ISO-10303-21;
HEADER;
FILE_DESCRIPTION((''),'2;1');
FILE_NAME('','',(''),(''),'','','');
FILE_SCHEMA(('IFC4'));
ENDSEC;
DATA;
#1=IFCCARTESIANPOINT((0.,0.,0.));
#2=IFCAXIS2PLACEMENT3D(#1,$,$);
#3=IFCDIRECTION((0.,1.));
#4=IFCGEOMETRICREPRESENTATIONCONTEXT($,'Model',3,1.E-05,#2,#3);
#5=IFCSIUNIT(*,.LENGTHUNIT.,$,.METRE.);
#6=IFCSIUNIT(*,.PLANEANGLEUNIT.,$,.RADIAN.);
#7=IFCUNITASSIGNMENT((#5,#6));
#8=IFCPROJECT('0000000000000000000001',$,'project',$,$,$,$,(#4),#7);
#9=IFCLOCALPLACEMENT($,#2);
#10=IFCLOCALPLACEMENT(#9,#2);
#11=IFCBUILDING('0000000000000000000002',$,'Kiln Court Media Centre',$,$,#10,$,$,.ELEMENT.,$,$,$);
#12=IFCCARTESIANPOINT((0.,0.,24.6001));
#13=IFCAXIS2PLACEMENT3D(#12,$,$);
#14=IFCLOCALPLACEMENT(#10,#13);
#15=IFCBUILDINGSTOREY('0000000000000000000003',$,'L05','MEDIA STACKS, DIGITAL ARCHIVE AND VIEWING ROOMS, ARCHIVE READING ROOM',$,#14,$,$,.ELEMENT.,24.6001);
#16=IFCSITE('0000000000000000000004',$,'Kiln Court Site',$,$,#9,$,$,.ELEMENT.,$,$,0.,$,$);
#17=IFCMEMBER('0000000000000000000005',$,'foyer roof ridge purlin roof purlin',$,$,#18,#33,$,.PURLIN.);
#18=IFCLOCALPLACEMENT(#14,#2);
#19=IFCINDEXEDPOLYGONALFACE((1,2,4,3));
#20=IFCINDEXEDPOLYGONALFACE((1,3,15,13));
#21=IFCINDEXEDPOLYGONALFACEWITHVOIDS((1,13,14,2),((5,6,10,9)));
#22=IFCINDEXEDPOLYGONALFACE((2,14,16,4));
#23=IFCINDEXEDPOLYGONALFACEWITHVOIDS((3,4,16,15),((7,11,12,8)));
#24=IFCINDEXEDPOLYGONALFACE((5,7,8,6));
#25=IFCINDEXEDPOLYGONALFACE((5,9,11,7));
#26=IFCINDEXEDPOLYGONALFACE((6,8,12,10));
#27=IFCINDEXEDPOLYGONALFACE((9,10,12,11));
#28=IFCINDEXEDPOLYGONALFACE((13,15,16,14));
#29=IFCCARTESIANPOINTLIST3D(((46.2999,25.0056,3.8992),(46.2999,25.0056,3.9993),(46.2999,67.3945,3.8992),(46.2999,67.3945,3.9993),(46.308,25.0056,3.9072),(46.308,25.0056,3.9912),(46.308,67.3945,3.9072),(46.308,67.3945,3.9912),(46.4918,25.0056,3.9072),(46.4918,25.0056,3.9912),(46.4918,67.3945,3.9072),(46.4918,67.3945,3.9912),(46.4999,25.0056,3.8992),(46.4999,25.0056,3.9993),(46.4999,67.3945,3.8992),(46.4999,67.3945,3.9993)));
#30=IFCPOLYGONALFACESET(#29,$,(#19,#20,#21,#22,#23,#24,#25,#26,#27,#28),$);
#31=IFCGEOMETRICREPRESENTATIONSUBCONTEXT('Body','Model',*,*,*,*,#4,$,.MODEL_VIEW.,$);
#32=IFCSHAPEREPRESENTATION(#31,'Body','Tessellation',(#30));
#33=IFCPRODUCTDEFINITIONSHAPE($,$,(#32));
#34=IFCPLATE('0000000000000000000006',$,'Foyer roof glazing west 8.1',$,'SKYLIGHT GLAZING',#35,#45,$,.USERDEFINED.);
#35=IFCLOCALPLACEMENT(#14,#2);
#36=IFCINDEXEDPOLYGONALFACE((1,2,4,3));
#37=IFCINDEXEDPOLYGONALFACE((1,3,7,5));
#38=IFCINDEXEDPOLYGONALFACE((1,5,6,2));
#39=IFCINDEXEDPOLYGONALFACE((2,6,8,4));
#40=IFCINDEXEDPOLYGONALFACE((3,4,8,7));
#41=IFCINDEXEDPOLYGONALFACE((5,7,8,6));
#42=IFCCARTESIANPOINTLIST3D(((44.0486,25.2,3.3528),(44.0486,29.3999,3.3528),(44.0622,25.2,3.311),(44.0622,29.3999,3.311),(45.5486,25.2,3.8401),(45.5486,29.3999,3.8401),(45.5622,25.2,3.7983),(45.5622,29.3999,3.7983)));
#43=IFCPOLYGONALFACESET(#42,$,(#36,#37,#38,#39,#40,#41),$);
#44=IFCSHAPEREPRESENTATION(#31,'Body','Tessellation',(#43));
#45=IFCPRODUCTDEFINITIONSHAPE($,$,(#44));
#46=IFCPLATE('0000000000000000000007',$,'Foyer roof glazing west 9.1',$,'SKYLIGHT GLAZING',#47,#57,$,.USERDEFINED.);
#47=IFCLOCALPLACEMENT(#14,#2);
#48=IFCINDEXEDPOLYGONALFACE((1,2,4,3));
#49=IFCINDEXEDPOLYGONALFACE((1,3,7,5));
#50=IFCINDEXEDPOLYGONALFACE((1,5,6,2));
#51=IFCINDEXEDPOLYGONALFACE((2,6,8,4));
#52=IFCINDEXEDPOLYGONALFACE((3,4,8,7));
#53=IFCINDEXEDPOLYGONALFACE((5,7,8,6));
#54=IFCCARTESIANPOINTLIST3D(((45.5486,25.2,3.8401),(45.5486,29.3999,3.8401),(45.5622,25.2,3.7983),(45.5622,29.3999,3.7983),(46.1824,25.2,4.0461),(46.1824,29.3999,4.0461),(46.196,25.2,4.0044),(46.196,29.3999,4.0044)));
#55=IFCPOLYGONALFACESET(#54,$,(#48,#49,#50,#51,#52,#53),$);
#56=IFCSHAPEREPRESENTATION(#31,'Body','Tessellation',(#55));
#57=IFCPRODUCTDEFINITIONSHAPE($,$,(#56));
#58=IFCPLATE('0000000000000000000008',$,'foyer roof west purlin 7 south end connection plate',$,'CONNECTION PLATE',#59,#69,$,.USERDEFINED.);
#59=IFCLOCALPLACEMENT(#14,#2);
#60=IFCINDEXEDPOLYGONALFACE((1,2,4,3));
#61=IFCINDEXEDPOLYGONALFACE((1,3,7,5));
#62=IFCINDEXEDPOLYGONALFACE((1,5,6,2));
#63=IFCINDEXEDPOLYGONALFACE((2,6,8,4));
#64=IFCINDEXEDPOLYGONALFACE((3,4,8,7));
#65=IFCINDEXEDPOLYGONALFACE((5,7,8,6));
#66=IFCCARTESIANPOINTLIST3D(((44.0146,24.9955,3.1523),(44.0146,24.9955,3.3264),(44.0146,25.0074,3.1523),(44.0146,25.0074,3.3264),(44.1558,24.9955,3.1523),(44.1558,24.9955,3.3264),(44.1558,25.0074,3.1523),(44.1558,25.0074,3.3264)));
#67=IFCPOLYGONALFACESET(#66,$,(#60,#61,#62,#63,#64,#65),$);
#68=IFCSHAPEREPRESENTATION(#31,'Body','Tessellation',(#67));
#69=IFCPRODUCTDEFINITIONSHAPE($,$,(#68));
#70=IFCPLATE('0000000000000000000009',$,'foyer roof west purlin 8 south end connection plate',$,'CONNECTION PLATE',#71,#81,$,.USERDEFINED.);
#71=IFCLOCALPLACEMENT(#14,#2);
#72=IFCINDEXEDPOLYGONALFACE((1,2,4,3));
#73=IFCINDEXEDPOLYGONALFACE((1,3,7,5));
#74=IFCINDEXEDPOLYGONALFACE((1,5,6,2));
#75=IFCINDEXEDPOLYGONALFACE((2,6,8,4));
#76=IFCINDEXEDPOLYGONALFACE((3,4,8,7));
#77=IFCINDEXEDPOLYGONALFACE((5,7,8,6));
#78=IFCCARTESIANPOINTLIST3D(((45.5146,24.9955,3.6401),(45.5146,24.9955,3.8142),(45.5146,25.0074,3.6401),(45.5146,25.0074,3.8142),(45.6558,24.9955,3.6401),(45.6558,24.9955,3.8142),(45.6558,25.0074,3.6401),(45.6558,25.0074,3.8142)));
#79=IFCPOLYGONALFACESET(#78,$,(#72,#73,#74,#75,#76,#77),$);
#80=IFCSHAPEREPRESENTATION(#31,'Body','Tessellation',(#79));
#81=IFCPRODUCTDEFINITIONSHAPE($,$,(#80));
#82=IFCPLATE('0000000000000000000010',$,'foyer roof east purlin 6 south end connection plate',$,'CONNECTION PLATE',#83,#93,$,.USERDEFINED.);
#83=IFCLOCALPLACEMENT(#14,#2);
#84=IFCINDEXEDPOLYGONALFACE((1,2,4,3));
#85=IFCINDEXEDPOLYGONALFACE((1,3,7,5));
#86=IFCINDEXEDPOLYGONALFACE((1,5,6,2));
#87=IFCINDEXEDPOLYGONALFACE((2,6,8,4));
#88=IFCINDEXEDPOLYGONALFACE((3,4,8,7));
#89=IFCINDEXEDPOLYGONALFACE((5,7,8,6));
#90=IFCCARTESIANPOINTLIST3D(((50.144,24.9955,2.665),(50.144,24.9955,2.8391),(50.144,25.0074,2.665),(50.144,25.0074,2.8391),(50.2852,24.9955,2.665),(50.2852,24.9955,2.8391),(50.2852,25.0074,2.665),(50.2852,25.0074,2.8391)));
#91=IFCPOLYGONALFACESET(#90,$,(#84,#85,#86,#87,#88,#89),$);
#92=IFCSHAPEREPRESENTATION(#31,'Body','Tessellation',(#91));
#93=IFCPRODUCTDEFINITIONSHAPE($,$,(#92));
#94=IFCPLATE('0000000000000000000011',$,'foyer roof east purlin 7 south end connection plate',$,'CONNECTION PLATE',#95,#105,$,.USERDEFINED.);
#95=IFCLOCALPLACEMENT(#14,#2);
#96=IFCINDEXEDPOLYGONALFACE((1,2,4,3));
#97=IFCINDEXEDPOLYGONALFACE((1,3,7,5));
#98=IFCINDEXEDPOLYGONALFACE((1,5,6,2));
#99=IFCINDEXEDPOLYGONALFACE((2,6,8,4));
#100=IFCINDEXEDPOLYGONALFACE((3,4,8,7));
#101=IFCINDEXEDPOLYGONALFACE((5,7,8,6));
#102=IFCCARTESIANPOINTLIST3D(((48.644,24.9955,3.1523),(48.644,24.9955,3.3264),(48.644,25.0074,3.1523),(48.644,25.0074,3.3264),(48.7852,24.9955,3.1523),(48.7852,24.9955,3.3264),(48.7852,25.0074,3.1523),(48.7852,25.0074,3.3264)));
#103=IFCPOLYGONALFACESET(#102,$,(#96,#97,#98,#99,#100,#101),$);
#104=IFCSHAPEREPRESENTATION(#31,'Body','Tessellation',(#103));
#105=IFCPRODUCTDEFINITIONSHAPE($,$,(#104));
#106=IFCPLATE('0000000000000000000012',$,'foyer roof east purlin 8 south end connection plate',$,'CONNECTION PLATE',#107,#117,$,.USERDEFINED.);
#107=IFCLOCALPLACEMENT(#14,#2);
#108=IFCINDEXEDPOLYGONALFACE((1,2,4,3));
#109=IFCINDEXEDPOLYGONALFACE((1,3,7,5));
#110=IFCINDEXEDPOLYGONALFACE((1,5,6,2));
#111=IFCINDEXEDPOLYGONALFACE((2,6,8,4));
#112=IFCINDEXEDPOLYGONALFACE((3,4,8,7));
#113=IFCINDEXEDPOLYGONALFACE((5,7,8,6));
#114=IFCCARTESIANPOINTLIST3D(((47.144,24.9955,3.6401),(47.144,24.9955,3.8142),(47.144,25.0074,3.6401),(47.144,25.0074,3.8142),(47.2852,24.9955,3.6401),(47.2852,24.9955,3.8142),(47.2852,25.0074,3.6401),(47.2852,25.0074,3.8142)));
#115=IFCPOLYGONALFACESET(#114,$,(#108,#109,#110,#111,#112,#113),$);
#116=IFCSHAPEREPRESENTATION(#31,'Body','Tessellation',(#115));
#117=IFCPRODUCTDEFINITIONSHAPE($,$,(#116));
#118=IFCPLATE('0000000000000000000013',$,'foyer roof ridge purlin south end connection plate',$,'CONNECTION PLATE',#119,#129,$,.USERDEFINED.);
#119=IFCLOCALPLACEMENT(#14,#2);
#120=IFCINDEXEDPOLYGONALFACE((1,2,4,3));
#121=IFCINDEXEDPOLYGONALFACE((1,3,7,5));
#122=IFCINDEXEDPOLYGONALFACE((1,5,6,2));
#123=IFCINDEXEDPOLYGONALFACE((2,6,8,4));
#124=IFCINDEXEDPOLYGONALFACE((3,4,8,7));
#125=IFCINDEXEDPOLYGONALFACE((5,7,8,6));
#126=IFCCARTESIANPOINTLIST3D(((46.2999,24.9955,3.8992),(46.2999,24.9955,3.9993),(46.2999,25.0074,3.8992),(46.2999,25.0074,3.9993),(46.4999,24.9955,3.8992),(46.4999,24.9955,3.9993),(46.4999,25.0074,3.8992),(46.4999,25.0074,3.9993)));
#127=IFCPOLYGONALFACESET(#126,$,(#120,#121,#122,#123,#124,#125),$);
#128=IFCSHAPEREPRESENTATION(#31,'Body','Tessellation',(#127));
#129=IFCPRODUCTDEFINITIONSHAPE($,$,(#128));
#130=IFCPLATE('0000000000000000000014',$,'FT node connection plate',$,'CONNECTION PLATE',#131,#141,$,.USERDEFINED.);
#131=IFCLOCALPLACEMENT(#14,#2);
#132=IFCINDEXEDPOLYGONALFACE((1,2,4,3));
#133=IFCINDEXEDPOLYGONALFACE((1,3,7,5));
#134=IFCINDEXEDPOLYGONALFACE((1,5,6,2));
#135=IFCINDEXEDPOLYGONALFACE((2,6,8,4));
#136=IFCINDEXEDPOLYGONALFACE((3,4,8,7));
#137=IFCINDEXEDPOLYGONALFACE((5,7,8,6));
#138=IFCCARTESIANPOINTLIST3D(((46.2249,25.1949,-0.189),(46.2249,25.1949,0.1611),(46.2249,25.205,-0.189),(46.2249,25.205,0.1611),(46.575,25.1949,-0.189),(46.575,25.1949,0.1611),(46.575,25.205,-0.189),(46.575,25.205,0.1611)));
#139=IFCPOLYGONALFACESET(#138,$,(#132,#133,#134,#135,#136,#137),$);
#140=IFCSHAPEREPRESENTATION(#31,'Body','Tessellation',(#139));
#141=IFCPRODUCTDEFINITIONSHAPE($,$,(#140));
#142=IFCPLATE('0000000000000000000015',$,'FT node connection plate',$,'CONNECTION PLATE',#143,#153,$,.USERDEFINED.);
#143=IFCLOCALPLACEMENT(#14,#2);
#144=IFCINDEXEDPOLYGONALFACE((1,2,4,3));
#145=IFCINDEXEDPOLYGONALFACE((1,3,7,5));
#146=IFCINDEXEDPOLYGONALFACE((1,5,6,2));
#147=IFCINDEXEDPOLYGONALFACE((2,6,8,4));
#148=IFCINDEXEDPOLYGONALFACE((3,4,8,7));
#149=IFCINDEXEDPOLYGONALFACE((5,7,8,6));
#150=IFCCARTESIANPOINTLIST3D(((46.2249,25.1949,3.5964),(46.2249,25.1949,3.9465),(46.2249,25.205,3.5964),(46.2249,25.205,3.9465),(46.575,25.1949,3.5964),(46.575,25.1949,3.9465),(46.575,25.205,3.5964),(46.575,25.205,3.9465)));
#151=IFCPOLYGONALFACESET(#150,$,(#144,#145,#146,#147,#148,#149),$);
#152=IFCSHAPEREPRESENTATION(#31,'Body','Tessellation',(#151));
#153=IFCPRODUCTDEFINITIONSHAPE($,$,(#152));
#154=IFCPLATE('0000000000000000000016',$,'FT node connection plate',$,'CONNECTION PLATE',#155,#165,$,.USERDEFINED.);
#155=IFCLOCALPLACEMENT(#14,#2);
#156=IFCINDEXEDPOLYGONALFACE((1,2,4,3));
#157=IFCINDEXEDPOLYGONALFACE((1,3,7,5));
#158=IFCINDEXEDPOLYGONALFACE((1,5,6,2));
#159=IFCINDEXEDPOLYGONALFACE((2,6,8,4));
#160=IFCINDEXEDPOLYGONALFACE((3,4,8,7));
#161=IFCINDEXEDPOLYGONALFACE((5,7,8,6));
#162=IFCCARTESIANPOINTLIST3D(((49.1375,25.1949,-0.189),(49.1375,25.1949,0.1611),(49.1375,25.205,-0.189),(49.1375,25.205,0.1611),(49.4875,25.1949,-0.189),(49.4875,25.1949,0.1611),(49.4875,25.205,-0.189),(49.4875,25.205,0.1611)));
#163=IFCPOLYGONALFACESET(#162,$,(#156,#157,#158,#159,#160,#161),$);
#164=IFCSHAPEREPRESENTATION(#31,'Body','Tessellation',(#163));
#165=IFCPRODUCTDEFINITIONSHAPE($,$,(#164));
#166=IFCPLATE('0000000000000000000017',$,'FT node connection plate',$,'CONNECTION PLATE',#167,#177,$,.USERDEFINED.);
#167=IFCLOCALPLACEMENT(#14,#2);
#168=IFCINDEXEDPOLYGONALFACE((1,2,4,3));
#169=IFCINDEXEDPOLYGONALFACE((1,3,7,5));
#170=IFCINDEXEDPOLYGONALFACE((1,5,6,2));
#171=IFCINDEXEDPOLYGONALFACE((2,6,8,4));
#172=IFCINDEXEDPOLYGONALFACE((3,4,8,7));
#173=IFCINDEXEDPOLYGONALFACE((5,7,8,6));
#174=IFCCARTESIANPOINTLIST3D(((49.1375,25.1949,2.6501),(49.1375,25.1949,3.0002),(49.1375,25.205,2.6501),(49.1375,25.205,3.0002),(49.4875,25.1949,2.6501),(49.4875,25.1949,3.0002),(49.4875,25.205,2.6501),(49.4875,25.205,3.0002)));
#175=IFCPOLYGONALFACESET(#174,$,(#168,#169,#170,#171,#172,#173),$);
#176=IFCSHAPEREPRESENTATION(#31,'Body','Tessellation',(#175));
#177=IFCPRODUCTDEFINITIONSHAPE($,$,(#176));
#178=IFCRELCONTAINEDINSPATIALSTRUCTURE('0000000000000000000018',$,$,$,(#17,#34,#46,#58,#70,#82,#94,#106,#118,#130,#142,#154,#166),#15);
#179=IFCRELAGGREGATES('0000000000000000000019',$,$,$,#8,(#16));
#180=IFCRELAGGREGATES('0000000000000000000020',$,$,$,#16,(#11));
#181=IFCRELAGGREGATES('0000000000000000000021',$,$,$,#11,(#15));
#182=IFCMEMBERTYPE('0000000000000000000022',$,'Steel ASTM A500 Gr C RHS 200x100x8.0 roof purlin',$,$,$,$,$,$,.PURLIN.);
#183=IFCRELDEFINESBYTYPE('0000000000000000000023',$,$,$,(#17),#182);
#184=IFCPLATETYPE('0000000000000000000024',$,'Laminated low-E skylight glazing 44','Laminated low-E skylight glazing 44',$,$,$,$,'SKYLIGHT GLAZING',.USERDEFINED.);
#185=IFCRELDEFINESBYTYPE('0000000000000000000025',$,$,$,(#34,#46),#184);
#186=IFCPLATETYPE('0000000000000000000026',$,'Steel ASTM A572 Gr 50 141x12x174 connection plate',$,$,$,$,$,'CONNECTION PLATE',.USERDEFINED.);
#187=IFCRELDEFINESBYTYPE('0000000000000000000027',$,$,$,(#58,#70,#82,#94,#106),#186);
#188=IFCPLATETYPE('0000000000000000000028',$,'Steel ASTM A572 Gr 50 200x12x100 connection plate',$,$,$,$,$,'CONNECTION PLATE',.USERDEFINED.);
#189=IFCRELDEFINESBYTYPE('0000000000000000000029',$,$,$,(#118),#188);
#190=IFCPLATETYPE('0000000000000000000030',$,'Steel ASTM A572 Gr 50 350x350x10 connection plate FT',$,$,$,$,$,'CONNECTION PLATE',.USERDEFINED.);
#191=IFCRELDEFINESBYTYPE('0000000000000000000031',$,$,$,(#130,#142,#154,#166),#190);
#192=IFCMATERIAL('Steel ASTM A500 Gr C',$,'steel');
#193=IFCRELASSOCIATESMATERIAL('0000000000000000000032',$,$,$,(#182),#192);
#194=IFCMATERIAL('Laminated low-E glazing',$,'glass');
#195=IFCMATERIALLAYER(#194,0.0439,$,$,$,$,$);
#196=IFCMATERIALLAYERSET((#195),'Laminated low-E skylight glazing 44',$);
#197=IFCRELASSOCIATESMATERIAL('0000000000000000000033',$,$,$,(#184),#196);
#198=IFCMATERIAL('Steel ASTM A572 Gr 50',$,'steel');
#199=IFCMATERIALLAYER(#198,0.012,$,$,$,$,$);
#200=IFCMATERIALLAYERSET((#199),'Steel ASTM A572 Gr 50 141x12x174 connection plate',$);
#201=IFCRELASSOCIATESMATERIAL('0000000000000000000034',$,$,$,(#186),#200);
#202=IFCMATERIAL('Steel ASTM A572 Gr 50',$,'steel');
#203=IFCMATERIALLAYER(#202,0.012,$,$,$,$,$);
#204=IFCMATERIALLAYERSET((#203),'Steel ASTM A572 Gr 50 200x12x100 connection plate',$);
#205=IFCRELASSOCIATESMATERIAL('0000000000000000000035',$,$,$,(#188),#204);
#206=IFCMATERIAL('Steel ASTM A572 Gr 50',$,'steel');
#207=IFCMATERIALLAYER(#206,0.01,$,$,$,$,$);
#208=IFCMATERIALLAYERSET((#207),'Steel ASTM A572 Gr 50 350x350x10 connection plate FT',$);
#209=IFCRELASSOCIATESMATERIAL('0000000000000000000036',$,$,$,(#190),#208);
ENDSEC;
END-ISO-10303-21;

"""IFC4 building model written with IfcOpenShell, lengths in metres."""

from ifc_helpers import new_model, si_unit, direction, frame, origin, origin_2d, place, context, subcontext, project, spatial, polyline, rectangle, hollow_rectangle, outline, extrude, material, layer, layer_set, material_profile, profile_set, type_object, element, save


model = new_model("IFC4")

# Units and contexts
model_context = context("Model", 3, precision=1e-05, world=origin(), true_north=direction((0.0, 1.0)))
body_context = subcontext(model_context, "Body", "Model", "MODEL_VIEW")
ifc_project = project(units=[si_unit("LENGTHUNIT", "METRE"), si_unit("PLANEANGLEUNIT", "RADIAN")], contexts=[model_context])

# Site, building, storey
site_placement = place(None, origin())
site = spatial("IfcSite", under=ifc_project, at=site_placement, Name="Kiln Court Site", CompositionType="ELEMENT", RefElevation=0.0)
building_placement = place(site_placement, origin())
building = spatial("IfcBuilding", under=site, at=building_placement, Name="Kiln Court Media Centre", CompositionType="ELEMENT")
storey_placement = place(building_placement, frame((0.0, 0.0, 24.6001)))
storey = spatial("IfcBuildingStorey", under=building, at=storey_placement, Name="L05", Description="MEDIA STACKS, DIGITAL ARCHIVE AND VIEWING ROOMS, ARCHIVE READING ROOM", CompositionType="ELEMENT", Elevation=24.6001)

# Member
ifc_material_1 = material(Name="Steel ASTM A500 Gr C", Category="steel")
ifc_material_profile_1 = material_profile(ifc_material_1, hollow_rectangle(XDim=0.1001, YDim=0.2, WallThickness=0.0081, at=origin_2d()), Name="RHS 200x100x8.0")
ifc_profile_set_1 = profile_set([ifc_material_profile_1], Name="Steel ASTM A500 Gr C")
member_type_1 = type_object("IfcMemberType", Name="Steel ASTM A500 Gr C RHS 200x100x8.0 roof purlin", PredefinedType="PURLIN", material=ifc_profile_set_1)
member_1_placement = place(storey_placement, frame((46.3999, 25.0056, 3.9492), z_axis=(0.0, 1.0, 0.0), x_axis=(0.0, 0.0, 1.0)))
element("IfcMember", 1, at=member_1_placement, inside=storey, type_object=member_type_1, Name="foyer roof ridge purlin roof purlin", PredefinedType="PURLIN", context=body_context, shape_type="SweptSolid", body=[
    extrude(hollow_rectangle(XDim=0.1001, YDim=0.2, WallThickness=0.0081, at=origin_2d()), origin(), (0.0, 0.0, 1.0), 42.3889),
])

# Plates
ifc_material_2 = material(Name="Laminated low-E glazing", Category="glass")
ifc_layer_1 = layer(ifc_material_2, 0.0439)
ifc_layer_set_1 = layer_set([ifc_layer_1], Name="Laminated low-E skylight glazing 44")
plate_type_1 = type_object("IfcPlateType", Name="Laminated low-E skylight glazing 44", Description="Laminated low-E skylight glazing 44", ElementType="SKYLIGHT GLAZING", PredefinedType="USERDEFINED", material=ifc_layer_set_1)
plate_1_placement = place(storey_placement, frame((44.0486, 25.2, 3.3528), z_axis=(-0.308974, 0.0, 0.95107), x_axis=(0.95107, 0.0, 0.308974)))
element("IfcPlate", 2, at=plate_1_placement, inside=storey, type_object=plate_type_1, Name="Foyer roof glazing west 8.1", ObjectType="SKYLIGHT GLAZING", PredefinedType="USERDEFINED", context=body_context, shape_type="SweptSolid", body=[
    extrude(outline(polyline([(0.0, 0.0), (1.5772, 0.0), (1.5772, 4.2), (0.0, 4.2), (0.0, 0.0)])), origin(), (0.0, 0.0, -1.0), 0.0439),
])
plate_2_placement = place(storey_placement, frame((45.5486, 25.2, 3.8401), z_axis=(-0.309185, 0.0, 0.951002), x_axis=(0.951002, 0.0, 0.309185)))
element("IfcPlate", 3, at=plate_2_placement, inside=storey, type_object=plate_type_1, Name="Foyer roof glazing west 9.1", ObjectType="SKYLIGHT GLAZING", PredefinedType="USERDEFINED", context=body_context, shape_type="SweptSolid", body=[
    extrude(outline(polyline([(0.0, 0.0), (0.6664, 0.0), (0.6664, 4.2), (0.0, 4.2), (0.0, 0.0)])), origin(), (0.0, 0.0, -1.0), 0.0439),
])
ifc_material_3 = material(Name="Steel ASTM A572 Gr 50", Category="steel")
ifc_layer_2 = layer(ifc_material_3, 0.012)
ifc_layer_set_2 = layer_set([ifc_layer_2], Name="Steel ASTM A572 Gr 50 141x12x174 connection plate")
plate_type_2 = type_object("IfcPlateType", Name="Steel ASTM A572 Gr 50 141x12x174 connection plate", ElementType="CONNECTION PLATE", PredefinedType="USERDEFINED", material=ifc_layer_set_2)
for number, where, z_axis, x_axis, name in (
    (4, (44.0852, 25.0015, 3.1523), (0.0, 0.0, 1.0), (1.0, 0.0, 0.0), "foyer roof west purlin 7 south end connection plate"),
    (5, (45.5852, 25.0015, 3.6401), (0.0, 0.0, 1.0), (1.0, 0.0, 0.0), "foyer roof west purlin 8 south end connection plate"),
    (6, (50.2146, 25.0015, 2.665), (0.0, 0.0, 1.0), (1.0, 0.0, 0.0), "foyer roof east purlin 6 south end connection plate"),
    (7, (48.7146, 25.0015, 3.1523), (0.0, 0.0, 1.0), (1.0, 0.0, 0.0), "foyer roof east purlin 7 south end connection plate"),
    (8, (47.2146, 25.0015, 3.6401), (0.0, 0.0, 1.0), (1.0, 0.0, 0.0), "foyer roof east purlin 8 south end connection plate"),
):
    element("IfcPlate", number, at=place(storey_placement, frame(where, z_axis=z_axis, x_axis=x_axis)), inside=storey, type_object=plate_type_2, Name=name, ObjectType="CONNECTION PLATE", PredefinedType="USERDEFINED", context=body_context, shape_type="SweptSolid", body=[
        extrude(rectangle(XDim=0.1411, YDim=0.012, at=origin_2d()), origin(), (0.0, 0.0, 1.0), 0.1741),
    ])
ifc_material_4 = material(Name="Steel ASTM A572 Gr 50", Category="steel")
ifc_layer_3 = layer(ifc_material_4, 0.012)
ifc_layer_set_3 = layer_set([ifc_layer_3], Name="Steel ASTM A572 Gr 50 200x12x100 connection plate")
plate_type_3 = type_object("IfcPlateType", Name="Steel ASTM A572 Gr 50 200x12x100 connection plate", ElementType="CONNECTION PLATE", PredefinedType="USERDEFINED", material=ifc_layer_set_3)
plate_3_placement = place(storey_placement, frame((46.3999, 25.0015, 3.8992), z_axis=(0.0, 0.0, 1.0), x_axis=(1.0, 0.0, 0.0)))
element("IfcPlate", 9, at=plate_3_placement, inside=storey, type_object=plate_type_3, Name="foyer roof ridge purlin south end connection plate", ObjectType="CONNECTION PLATE", PredefinedType="USERDEFINED", context=body_context, shape_type="SweptSolid", body=[
    extrude(rectangle(XDim=0.2, YDim=0.012, at=origin_2d()), origin(), (0.0, 0.0, 1.0), 0.1001),
])
ifc_material_5 = material(Name="Steel ASTM A572 Gr 50", Category="steel")
ifc_layer_4 = layer(ifc_material_5, 0.01)
ifc_layer_set_4 = layer_set([ifc_layer_4], Name="Steel ASTM A572 Gr 50 350x350x10 connection plate FT")
plate_type_4 = type_object("IfcPlateType", Name="Steel ASTM A572 Gr 50 350x350x10 connection plate FT", ElementType="CONNECTION PLATE", PredefinedType="USERDEFINED", material=ifc_layer_set_4)
for number, where, z_axis, x_axis, name in (
    (10, (46.3999, 25.2, -0.189), (0.0, 0.0, 1.0), (1.0, 0.0, 0.0), "FT node connection plate"),
    (11, (46.3999, 25.2, 3.5964), (0.0, 0.0, 1.0), (1.0, 0.0, 0.0), "FT node connection plate"),
    (12, (49.3125, 25.2, -0.189), (0.0, 0.0, 1.0), (1.0, 0.0, 0.0), "FT node connection plate"),
    (13, (49.3125, 25.2, 2.6501), (0.0, 0.0, 1.0), (1.0, 0.0, 0.0), "FT node connection plate"),
):
    element("IfcPlate", number, at=place(storey_placement, frame(where, z_axis=z_axis, x_axis=x_axis)), inside=storey, type_object=plate_type_4, Name=name, ObjectType="CONNECTION PLATE", PredefinedType="USERDEFINED", context=body_context, shape_type="SweptSolid", body=[
        extrude(rectangle(XDim=0.3501, YDim=0.01, at=origin_2d()), origin(), (0.0, 0.0, 1.0), 0.3501),
    ])

save(model, "model.ifc")
